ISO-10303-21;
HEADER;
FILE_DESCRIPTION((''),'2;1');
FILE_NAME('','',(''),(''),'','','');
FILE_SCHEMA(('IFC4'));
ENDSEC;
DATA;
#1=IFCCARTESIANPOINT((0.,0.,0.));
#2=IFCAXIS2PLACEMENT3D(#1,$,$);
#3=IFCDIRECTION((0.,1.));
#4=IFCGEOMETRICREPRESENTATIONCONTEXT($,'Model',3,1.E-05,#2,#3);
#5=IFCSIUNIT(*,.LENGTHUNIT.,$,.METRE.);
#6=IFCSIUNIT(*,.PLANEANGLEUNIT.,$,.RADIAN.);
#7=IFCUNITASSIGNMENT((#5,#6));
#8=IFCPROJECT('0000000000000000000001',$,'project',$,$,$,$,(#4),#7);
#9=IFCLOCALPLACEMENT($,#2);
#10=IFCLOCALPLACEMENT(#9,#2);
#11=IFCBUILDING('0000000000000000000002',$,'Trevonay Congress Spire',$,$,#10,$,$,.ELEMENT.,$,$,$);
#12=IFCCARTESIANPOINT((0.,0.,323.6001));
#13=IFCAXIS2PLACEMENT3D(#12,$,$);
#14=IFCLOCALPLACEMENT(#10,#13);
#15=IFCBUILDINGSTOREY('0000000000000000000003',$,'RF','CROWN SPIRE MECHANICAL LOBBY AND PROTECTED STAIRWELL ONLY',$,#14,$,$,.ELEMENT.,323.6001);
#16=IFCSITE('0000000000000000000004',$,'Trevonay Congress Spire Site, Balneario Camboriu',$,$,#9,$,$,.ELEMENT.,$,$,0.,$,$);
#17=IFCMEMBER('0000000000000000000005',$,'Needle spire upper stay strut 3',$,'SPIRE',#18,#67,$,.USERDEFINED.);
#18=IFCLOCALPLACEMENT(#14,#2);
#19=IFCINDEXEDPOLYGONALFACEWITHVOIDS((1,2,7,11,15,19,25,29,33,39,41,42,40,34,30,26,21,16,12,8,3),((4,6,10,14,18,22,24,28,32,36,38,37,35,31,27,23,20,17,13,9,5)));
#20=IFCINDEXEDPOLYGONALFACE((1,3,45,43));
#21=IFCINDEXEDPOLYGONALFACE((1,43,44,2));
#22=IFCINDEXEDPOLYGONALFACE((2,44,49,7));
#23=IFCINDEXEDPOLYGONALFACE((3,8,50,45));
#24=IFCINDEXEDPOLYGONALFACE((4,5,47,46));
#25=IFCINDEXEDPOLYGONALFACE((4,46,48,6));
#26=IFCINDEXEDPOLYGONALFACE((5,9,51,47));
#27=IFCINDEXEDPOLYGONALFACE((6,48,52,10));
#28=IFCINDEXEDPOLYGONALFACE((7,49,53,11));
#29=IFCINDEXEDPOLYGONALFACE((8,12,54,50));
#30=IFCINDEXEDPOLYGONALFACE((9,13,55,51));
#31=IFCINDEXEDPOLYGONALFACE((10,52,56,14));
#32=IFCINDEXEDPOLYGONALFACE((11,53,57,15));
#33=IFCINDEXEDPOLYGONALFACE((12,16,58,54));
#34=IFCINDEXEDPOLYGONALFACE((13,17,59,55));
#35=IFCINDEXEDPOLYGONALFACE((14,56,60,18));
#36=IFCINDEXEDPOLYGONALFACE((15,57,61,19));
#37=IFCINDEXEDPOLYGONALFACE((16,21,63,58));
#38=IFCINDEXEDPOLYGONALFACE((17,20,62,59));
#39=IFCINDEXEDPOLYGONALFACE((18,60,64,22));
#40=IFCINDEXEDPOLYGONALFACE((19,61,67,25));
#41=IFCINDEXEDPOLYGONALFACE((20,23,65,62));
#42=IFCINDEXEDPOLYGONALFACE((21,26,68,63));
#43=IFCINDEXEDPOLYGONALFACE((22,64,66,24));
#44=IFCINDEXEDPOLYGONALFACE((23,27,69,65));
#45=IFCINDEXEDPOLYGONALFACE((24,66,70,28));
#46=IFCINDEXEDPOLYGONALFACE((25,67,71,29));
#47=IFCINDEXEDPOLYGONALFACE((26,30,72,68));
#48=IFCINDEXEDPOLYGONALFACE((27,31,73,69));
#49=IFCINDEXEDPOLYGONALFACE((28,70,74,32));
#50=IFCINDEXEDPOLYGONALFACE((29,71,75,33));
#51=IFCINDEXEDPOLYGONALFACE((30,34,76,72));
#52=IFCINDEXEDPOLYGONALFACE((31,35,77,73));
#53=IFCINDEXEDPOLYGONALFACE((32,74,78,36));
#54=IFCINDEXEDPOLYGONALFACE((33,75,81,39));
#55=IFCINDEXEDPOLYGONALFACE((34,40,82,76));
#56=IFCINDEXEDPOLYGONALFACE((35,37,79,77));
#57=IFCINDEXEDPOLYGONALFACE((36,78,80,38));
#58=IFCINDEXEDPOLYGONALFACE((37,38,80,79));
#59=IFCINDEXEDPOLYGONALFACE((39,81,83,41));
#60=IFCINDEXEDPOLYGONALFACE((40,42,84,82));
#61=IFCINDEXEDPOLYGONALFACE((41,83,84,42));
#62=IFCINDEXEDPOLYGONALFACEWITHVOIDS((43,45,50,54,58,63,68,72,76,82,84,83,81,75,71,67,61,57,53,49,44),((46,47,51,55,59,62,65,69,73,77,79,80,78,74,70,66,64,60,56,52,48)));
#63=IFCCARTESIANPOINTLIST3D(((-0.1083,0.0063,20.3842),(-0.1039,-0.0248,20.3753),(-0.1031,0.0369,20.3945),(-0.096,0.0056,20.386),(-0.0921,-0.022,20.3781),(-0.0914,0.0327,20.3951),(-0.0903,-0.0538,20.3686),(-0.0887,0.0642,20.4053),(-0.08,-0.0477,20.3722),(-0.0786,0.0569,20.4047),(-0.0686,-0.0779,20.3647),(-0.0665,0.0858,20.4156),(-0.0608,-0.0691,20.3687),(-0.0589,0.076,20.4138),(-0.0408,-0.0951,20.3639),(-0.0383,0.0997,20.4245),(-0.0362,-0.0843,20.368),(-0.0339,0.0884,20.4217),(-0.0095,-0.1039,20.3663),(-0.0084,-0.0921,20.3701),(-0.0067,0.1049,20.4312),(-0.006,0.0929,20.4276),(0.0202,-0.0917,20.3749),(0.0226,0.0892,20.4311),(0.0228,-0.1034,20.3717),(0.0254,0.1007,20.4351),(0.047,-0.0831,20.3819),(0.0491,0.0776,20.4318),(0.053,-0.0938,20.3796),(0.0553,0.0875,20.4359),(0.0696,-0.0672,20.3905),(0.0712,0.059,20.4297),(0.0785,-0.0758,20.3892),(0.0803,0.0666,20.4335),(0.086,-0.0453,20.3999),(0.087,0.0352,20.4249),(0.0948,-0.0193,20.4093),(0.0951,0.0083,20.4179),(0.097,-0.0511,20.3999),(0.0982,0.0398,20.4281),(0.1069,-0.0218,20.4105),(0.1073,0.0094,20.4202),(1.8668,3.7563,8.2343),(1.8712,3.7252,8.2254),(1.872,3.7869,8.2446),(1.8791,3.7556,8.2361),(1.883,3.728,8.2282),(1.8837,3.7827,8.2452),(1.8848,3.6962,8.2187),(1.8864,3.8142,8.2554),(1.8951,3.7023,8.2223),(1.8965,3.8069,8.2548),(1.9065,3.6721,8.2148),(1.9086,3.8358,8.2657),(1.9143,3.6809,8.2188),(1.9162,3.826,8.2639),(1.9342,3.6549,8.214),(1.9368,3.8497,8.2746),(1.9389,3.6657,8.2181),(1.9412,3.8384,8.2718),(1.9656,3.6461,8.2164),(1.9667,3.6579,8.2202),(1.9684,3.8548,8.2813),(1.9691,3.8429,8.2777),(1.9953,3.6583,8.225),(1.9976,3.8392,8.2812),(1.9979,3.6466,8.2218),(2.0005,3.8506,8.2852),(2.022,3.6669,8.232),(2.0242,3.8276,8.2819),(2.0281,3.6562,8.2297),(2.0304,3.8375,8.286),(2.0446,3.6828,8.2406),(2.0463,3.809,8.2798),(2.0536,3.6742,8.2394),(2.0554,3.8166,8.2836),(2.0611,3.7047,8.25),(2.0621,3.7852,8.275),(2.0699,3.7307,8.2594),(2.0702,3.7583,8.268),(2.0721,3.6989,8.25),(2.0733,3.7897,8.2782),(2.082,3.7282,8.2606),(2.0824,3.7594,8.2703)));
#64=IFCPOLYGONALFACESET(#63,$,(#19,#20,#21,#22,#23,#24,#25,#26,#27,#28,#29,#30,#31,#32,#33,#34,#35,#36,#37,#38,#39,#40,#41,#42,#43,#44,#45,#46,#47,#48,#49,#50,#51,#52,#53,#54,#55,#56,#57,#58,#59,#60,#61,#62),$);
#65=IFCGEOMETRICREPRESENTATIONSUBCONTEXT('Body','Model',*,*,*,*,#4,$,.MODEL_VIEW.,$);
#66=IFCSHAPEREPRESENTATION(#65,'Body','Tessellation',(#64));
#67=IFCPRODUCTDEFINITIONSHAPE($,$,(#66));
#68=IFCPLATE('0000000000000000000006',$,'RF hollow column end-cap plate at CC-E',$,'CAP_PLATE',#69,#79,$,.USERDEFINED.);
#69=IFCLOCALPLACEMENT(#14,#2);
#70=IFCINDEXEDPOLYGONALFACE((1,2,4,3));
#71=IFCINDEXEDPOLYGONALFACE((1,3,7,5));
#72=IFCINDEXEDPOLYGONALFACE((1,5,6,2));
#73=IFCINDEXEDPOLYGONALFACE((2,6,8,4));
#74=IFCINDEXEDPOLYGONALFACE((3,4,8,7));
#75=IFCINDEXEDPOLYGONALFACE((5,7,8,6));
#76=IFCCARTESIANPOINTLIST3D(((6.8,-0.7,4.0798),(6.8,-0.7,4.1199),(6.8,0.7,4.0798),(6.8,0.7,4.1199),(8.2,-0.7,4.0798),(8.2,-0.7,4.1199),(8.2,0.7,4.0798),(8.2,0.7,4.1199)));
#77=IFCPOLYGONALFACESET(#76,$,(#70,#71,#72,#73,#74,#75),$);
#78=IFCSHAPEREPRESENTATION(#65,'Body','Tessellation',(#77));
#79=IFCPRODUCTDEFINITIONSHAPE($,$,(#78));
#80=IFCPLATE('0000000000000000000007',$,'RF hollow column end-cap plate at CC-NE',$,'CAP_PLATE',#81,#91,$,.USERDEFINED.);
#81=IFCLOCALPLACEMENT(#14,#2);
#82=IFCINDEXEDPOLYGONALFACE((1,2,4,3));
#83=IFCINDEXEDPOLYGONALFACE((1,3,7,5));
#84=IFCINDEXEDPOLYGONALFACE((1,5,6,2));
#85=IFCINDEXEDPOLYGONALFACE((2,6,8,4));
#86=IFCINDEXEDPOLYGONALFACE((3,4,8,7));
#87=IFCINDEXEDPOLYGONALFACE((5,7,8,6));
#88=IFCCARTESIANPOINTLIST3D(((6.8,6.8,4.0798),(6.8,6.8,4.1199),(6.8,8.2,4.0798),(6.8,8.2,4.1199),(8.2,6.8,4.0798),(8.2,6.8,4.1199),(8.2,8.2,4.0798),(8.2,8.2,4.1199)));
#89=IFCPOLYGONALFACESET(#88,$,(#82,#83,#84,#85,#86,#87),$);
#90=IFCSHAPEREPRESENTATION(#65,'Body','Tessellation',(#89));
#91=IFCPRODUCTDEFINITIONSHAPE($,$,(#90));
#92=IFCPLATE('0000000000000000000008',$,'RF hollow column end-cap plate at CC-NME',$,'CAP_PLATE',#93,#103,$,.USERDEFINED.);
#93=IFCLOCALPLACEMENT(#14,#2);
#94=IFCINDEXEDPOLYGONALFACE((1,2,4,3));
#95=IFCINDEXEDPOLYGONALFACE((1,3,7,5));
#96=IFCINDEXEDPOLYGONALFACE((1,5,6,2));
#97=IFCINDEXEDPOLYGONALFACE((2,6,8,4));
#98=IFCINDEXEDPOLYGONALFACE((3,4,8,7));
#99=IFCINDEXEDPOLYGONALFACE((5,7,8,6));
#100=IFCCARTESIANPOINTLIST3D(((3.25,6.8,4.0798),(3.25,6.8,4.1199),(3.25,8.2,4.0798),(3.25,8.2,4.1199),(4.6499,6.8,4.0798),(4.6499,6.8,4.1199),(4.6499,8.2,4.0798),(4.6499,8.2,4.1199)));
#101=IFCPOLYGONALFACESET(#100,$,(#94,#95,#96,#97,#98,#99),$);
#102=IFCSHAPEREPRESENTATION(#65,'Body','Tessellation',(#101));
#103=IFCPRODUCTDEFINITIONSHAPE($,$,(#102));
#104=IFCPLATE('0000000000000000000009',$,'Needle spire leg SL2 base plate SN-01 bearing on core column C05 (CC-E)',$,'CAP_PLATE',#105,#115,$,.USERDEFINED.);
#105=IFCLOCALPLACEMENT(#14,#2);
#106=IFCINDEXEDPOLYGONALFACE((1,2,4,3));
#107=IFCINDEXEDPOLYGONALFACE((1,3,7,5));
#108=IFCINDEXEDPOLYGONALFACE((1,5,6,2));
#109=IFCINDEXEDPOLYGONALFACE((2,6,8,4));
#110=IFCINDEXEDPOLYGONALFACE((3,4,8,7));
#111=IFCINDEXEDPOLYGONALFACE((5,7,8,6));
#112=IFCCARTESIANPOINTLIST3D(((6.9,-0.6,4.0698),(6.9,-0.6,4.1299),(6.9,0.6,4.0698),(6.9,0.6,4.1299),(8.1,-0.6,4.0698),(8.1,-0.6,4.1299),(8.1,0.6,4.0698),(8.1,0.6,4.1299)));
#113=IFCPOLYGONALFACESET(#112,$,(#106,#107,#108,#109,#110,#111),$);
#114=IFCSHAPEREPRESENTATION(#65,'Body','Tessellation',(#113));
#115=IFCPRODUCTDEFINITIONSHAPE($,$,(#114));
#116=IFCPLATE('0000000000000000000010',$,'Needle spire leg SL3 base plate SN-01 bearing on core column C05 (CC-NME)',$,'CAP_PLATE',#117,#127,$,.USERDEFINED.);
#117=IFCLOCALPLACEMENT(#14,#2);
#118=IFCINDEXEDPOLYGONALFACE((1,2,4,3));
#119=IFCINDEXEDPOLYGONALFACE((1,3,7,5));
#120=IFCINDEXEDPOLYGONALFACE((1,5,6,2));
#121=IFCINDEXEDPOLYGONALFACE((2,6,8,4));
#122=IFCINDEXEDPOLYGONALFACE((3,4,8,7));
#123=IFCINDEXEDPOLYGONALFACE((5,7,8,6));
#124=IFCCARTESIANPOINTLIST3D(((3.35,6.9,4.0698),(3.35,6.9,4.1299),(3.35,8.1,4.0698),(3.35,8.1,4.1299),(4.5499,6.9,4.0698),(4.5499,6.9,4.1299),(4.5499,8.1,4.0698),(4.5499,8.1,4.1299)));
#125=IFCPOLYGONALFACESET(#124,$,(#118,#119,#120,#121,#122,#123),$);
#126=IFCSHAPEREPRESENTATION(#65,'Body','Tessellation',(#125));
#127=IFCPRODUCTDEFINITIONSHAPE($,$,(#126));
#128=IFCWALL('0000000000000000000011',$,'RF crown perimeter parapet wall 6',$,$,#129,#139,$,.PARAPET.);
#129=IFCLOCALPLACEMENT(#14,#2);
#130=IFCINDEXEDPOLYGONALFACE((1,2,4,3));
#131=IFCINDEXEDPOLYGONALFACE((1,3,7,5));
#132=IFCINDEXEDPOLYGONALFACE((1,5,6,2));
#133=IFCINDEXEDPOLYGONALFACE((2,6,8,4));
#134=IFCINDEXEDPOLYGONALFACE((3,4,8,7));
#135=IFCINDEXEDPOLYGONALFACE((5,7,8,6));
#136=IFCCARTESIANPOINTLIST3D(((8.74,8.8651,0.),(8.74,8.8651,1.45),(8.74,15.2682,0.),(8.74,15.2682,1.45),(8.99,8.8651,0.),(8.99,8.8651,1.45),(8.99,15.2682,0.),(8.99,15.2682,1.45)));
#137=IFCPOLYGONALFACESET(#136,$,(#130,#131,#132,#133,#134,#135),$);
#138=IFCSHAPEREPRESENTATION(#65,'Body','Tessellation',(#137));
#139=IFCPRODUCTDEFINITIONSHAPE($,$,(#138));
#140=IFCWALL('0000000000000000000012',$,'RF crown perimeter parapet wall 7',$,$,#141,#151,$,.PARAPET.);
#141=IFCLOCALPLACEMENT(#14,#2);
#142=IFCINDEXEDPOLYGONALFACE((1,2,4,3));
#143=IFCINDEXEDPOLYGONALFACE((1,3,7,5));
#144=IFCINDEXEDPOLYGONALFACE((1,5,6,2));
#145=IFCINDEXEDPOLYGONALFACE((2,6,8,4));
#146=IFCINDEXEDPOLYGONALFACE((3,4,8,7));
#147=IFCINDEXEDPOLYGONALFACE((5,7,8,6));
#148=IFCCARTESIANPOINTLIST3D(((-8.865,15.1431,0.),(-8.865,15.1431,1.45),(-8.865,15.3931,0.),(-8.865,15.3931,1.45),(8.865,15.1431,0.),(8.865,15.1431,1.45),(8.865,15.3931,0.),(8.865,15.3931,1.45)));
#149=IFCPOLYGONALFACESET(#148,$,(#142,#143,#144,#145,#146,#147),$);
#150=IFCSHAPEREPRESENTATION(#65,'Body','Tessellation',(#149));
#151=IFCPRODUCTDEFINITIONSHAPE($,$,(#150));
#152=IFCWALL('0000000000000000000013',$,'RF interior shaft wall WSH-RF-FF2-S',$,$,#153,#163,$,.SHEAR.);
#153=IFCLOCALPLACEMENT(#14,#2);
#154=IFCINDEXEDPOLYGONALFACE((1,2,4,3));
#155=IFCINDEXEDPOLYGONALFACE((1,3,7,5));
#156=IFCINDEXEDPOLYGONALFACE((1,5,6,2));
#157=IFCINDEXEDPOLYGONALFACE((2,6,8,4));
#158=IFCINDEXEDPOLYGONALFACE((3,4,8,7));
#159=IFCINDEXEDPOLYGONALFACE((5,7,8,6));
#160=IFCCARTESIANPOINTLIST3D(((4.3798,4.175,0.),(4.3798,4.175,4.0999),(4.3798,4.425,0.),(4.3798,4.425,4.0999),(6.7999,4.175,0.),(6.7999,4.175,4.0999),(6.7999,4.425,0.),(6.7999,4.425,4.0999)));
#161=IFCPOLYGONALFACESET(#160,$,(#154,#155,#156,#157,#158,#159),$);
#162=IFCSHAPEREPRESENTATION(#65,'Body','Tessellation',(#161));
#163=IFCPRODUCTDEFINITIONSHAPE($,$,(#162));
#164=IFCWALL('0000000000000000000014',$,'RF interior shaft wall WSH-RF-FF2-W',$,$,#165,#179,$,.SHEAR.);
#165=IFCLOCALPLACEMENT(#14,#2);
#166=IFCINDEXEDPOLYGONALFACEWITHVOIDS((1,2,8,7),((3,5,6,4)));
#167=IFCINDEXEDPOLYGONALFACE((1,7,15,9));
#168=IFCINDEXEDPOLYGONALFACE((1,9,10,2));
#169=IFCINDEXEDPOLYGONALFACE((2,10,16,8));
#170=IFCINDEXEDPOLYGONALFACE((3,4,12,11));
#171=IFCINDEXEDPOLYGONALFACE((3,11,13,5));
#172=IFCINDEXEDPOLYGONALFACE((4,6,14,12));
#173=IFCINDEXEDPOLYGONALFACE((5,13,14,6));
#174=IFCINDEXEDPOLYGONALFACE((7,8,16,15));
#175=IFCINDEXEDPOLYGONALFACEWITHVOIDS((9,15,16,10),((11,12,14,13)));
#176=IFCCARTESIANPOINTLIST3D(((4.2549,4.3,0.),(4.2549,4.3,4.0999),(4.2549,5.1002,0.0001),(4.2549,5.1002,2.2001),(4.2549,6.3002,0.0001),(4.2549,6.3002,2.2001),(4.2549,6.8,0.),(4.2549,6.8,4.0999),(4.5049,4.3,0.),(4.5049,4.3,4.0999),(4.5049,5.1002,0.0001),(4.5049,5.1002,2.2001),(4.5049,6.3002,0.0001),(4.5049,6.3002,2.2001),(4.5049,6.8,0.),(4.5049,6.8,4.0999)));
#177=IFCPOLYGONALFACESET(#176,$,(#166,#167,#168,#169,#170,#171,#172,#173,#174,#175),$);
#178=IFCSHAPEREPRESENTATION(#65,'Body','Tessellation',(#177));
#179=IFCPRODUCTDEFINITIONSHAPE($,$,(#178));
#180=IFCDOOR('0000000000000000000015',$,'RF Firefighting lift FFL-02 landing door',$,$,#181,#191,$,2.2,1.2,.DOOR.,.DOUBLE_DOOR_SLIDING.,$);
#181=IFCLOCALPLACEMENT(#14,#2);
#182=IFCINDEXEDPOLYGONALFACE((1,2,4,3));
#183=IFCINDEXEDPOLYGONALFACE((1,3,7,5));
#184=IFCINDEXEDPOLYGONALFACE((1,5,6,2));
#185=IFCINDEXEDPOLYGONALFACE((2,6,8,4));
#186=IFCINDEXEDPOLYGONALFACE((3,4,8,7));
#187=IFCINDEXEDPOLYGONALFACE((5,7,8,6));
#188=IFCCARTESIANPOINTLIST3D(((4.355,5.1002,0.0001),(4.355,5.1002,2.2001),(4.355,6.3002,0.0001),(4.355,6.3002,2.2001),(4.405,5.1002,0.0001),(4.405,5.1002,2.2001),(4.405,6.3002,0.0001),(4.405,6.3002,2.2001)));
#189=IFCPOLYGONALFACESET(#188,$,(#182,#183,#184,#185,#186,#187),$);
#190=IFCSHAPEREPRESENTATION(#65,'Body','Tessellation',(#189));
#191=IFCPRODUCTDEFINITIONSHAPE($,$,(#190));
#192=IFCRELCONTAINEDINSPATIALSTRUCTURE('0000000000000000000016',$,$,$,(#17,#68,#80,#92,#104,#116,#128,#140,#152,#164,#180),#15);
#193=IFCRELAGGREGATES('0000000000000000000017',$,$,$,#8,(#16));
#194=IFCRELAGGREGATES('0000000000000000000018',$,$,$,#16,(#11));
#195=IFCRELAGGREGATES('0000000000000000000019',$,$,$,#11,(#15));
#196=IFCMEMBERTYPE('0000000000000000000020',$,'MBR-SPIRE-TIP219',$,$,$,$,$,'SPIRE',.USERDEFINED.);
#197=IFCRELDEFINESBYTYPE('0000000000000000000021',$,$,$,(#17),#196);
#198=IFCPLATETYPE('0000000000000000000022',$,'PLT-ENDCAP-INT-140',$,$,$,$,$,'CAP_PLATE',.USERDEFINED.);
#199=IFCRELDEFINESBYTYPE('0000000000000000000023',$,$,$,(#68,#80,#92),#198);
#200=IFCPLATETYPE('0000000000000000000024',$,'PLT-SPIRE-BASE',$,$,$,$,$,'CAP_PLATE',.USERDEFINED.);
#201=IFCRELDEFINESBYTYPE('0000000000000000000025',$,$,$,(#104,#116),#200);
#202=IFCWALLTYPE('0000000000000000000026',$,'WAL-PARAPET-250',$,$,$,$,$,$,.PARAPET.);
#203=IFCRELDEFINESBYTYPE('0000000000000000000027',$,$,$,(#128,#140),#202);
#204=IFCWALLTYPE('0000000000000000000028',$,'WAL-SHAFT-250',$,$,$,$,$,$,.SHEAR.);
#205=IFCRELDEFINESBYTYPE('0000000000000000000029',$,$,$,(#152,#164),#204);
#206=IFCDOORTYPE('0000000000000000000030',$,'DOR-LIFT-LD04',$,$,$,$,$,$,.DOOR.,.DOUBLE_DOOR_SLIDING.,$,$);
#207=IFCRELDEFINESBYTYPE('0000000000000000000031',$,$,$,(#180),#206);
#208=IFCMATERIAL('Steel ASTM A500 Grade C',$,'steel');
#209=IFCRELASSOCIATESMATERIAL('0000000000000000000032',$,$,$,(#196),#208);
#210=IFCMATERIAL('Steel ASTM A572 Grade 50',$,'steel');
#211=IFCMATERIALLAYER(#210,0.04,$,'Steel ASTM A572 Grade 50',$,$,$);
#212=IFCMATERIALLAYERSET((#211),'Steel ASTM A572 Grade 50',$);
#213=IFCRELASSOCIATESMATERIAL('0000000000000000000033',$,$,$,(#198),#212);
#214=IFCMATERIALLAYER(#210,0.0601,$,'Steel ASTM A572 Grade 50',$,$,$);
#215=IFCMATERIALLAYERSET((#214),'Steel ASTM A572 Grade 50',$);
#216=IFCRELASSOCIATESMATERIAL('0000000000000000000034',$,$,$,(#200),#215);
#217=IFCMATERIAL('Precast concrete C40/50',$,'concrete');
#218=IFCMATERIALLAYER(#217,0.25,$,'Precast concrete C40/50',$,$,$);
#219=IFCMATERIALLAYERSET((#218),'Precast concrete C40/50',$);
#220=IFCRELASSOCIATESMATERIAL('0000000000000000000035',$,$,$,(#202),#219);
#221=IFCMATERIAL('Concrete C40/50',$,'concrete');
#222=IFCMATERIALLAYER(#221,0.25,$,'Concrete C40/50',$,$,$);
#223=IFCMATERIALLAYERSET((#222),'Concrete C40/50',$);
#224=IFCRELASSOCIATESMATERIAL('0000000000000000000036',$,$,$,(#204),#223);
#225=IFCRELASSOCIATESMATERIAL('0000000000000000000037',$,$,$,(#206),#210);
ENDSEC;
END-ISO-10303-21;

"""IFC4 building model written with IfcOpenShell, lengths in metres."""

from ifc_helpers import new_model, si_unit, direction, frame, frame_2d, origin, origin_2d, place, context, subcontext, project, spatial, rectangle, hollow_circle, extrude, material, layer, layer_set, material_profile, profile_set, type_object, element, fill, save


model = new_model("IFC4")

# Units and contexts
model_context = context("Model", 3, precision=1e-05, world=origin(), true_north=direction((0.0, 1.0)))
body_context = subcontext(model_context, "Body", "Model", "MODEL_VIEW")
ifc_project = project(units=[si_unit("LENGTHUNIT", "METRE"), si_unit("PLANEANGLEUNIT", "RADIAN")], contexts=[model_context])

# Site, building, storey
site_placement = place(None, origin())
site = spatial("IfcSite", under=ifc_project, at=site_placement, Name="Trevonay Congress Spire Site, Balneario Camboriu", CompositionType="ELEMENT", RefElevation=0.0)
building_placement = place(site_placement, origin())
building = spatial("IfcBuilding", under=site, at=building_placement, Name="Trevonay Congress Spire", CompositionType="ELEMENT")
storey_placement = place(building_placement, frame((0.0, 0.0, 323.6001)))
storey = spatial("IfcBuildingStorey", under=building, at=storey_placement, Name="RF", Description="CROWN SPIRE MECHANICAL LOBBY AND PROTECTED STAIRWELL ONLY", CompositionType="ELEMENT", Elevation=323.6001)

# Shared definitions
ifc_material_1 = material(Name="Steel ASTM A572 Grade 50", Category="steel")

# Member
ifc_material_2 = material(Name="Steel ASTM A500 Grade C", Category="steel")
ifc_material_profile_1 = material_profile(ifc_material_2, hollow_circle(Radius=0.1096, WallThickness=0.0125, at=origin_2d()), Name="CHS 219.1x12.5")
ifc_profile_set_1 = profile_set([ifc_material_profile_1], Name="Steel ASTM A500 Grade C")
member_type_1 = type_object("IfcMemberType", Name="MBR-SPIRE-TIP219", ElementType="SPIRE", PredefinedType="USERDEFINED", material=ifc_profile_set_1)
member_1_placement = place(storey_placement, frame((1.9751, 3.75, 8.25), z_axis=(-0.15349, -0.291422, 0.9442), x_axis=(0.884781, -0.466008, 0.0)))
element("IfcMember", 1, at=member_1_placement, inside=storey, type_object=member_type_1, Name="Needle spire upper stay strut 3", ObjectType="SPIRE", PredefinedType="USERDEFINED", context=body_context, shape_type="SweptSolid", body=[
    extrude(hollow_circle(Radius=0.1096, WallThickness=0.0125, at=origin_2d()), origin(), (0.0, 0.0, 1.0), 12.8679),
])

# Plates
ifc_layer_1 = layer(ifc_material_1, 0.04, Name="Steel ASTM A572 Grade 50")
ifc_layer_set_1 = layer_set([ifc_layer_1], Name="Steel ASTM A572 Grade 50")
plate_type_1 = type_object("IfcPlateType", Name="PLT-ENDCAP-INT-140", ElementType="CAP_PLATE", PredefinedType="USERDEFINED", material=ifc_layer_set_1)
for number, where, z_axis, x_axis, name in (
    (2, (7.5, 0.0, 4.0798), (0.0, 0.0, 1.0), (1.0, 0.0, 0.0), "RF hollow column end-cap plate at CC-E"),
    (3, (7.5, 7.5, 4.0798), (0.0, 0.0, 1.0), (1.0, 0.0, 0.0), "RF hollow column end-cap plate at CC-NE"),
    (4, (3.95, 7.5, 4.0798), (0.0, 0.0, 1.0), (1.0, 0.0, 0.0), "RF hollow column end-cap plate at CC-NME"),
):
    element("IfcPlate", number, at=place(storey_placement, frame(where, z_axis=z_axis, x_axis=x_axis)), inside=storey, type_object=plate_type_1, Name=name, ObjectType="CAP_PLATE", PredefinedType="USERDEFINED", context=body_context, shape_type="SweptSolid", body=[
        extrude(rectangle(XDim=1.3999, YDim=1.3999, at=origin_2d()), origin(), (0.0, 0.0, 1.0), 0.04),
    ])
ifc_layer_2 = layer(ifc_material_1, 0.0601, Name="Steel ASTM A572 Grade 50")
ifc_layer_set_2 = layer_set([ifc_layer_2], Name="Steel ASTM A572 Grade 50")
plate_type_2 = type_object("IfcPlateType", Name="PLT-SPIRE-BASE", ElementType="CAP_PLATE", PredefinedType="USERDEFINED", material=ifc_layer_set_2)
for number, where, z_axis, x_axis, name in (
    (5, (7.5, 0.0, 4.0698), (0.0, 0.0, 1.0), (1.0, 0.0, 0.0), "Needle spire leg SL2 base plate SN-01 bearing on core column C05 (CC-E)"),
    (6, (3.95, 7.5, 4.0698), (0.0, 0.0, 1.0), (1.0, 0.0, 0.0), "Needle spire leg SL3 base plate SN-01 bearing on core column C05 (CC-NME)"),
):
    element("IfcPlate", number, at=place(storey_placement, frame(where, z_axis=z_axis, x_axis=x_axis)), inside=storey, type_object=plate_type_2, Name=name, ObjectType="CAP_PLATE", PredefinedType="USERDEFINED", context=body_context, shape_type="SweptSolid", body=[
        extrude(rectangle(XDim=1.2, YDim=1.2, at=origin_2d()), origin(), (0.0, 0.0, 1.0), 0.0601),
    ])

# Walls
ifc_material_3 = material(Name="Precast concrete C40/50", Category="concrete")
ifc_layer_3 = layer(ifc_material_3, 0.25, Name="Precast concrete C40/50")
ifc_layer_set_3 = layer_set([ifc_layer_3], Name="Precast concrete C40/50")
wall_type_1 = type_object("IfcWallType", Name="WAL-PARAPET-250", PredefinedType="PARAPET", material=ifc_layer_set_3)
for number, where, z_axis, x_axis, name in (
    (7, (8.865, 8.865, 0.0), (0.0, 0.0, 1.0), (0.0, 1.0, 0.0), "RF crown perimeter parapet wall 6"),
):
    element("IfcWall", number, at=place(storey_placement, frame(where, z_axis=z_axis, x_axis=x_axis)), inside=storey, type_object=wall_type_1, Name=name, PredefinedType="PARAPET", context=body_context, shape_type="SweptSolid", body=[
        extrude(rectangle(XDim=6.4031, YDim=0.25, at=frame_2d((3.2017, 0.0))), origin(), (0.0, 0.0, 1.0), 1.45),
    ])
wall_1_placement = place(storey_placement, frame((8.865, 15.2681, 0.0), z_axis=(0.0, 0.0, 1.0), x_axis=(-1.0, 0.0, 0.0)))
element("IfcWall", 8, at=wall_1_placement, inside=storey, type_object=wall_type_1, Name="RF crown perimeter parapet wall 7", PredefinedType="PARAPET", context=body_context, shape_type="SweptSolid", body=[
    extrude(rectangle(XDim=17.73, YDim=0.25, at=frame_2d((8.865, 0.0))), origin(), (0.0, 0.0, 1.0), 1.45),
])
ifc_material_4 = material(Name="Concrete C40/50", Category="concrete")
ifc_layer_4 = layer(ifc_material_4, 0.25, Name="Concrete C40/50")
ifc_layer_set_4 = layer_set([ifc_layer_4], Name="Concrete C40/50")
wall_type_2 = type_object("IfcWallType", Name="WAL-SHAFT-250", PredefinedType="SHEAR", material=ifc_layer_set_4)
wall_2_placement = place(storey_placement, frame((4.3799, 4.3, 0.0), z_axis=(0.0, 0.0, 1.0), x_axis=(1.0, 0.0, 0.0)))
element("IfcWall", 9, at=wall_2_placement, inside=storey, type_object=wall_type_2, Name="RF interior shaft wall WSH-RF-FF2-S", PredefinedType="SHEAR", context=body_context, shape_type="SweptSolid", body=[
    extrude(rectangle(XDim=2.4202, YDim=0.25, at=frame_2d((1.21, 0.0))), origin(), (0.0, 0.0, 1.0), 4.0999),
])

# Wall, opening, door
wall_3_placement = place(storey_placement, frame((4.3799, 4.3, 0.0), z_axis=(0.0, 0.0, 1.0), x_axis=(0.0, 1.0, 0.0)))
wall_3 = element("IfcWall", 10, at=wall_3_placement, inside=storey, type_object=wall_type_2, Name="RF interior shaft wall WSH-RF-FF2-W", PredefinedType="SHEAR", context=body_context, shape_type="SweptSolid", body=[
    extrude(rectangle(XDim=2.5, YDim=0.25, at=frame_2d((1.25, 0.0))), origin(), (0.0, 0.0, 1.0), 4.0999),
])
opening_placement = place(wall_3_placement, frame((0.8, 0.0, 0.0)))
opening = element("IfcOpeningElement", 11, at=opening_placement, cuts=wall_3, PredefinedType="OPENING", context=body_context, shape_type="SweptSolid", body=[
    extrude(rectangle(XDim=1.2, YDim=2.2, at=frame_2d((0.6001, 1.1001))), frame((0.0, 0.135, 0.0), z_axis=(0.0, -1.0, 0.0), x_axis=(1.0, 0.0, 0.0)), (0.0, 0.0, 1.0), 0.27),
])
door_type = type_object("IfcDoorType", Name="DOR-LIFT-LD04", OperationType="DOUBLE_DOOR_SLIDING", PredefinedType="DOOR", material=ifc_material_1)
door_placement = place(opening_placement, origin())
door = element("IfcDoor", 12, at=door_placement, inside=storey, type_object=door_type, Name="RF Firefighting lift FFL-02 landing door", OperationType="DOUBLE_DOOR_SLIDING", OverallHeight=2.2, OverallWidth=1.2, PredefinedType="DOOR", context=body_context, shape_type="SweptSolid", body=[
    extrude(rectangle(XDim=1.2, YDim=2.2, at=frame_2d((0.6001, 1.1001))), frame((0.0, 0.0249, 0.0), z_axis=(0.0, -1.0, 0.0), x_axis=(1.0, 0.0, 0.0)), (0.0, 0.0, 1.0), 0.05),
])
fill(opening, door)

save(model, "model.ifc")
